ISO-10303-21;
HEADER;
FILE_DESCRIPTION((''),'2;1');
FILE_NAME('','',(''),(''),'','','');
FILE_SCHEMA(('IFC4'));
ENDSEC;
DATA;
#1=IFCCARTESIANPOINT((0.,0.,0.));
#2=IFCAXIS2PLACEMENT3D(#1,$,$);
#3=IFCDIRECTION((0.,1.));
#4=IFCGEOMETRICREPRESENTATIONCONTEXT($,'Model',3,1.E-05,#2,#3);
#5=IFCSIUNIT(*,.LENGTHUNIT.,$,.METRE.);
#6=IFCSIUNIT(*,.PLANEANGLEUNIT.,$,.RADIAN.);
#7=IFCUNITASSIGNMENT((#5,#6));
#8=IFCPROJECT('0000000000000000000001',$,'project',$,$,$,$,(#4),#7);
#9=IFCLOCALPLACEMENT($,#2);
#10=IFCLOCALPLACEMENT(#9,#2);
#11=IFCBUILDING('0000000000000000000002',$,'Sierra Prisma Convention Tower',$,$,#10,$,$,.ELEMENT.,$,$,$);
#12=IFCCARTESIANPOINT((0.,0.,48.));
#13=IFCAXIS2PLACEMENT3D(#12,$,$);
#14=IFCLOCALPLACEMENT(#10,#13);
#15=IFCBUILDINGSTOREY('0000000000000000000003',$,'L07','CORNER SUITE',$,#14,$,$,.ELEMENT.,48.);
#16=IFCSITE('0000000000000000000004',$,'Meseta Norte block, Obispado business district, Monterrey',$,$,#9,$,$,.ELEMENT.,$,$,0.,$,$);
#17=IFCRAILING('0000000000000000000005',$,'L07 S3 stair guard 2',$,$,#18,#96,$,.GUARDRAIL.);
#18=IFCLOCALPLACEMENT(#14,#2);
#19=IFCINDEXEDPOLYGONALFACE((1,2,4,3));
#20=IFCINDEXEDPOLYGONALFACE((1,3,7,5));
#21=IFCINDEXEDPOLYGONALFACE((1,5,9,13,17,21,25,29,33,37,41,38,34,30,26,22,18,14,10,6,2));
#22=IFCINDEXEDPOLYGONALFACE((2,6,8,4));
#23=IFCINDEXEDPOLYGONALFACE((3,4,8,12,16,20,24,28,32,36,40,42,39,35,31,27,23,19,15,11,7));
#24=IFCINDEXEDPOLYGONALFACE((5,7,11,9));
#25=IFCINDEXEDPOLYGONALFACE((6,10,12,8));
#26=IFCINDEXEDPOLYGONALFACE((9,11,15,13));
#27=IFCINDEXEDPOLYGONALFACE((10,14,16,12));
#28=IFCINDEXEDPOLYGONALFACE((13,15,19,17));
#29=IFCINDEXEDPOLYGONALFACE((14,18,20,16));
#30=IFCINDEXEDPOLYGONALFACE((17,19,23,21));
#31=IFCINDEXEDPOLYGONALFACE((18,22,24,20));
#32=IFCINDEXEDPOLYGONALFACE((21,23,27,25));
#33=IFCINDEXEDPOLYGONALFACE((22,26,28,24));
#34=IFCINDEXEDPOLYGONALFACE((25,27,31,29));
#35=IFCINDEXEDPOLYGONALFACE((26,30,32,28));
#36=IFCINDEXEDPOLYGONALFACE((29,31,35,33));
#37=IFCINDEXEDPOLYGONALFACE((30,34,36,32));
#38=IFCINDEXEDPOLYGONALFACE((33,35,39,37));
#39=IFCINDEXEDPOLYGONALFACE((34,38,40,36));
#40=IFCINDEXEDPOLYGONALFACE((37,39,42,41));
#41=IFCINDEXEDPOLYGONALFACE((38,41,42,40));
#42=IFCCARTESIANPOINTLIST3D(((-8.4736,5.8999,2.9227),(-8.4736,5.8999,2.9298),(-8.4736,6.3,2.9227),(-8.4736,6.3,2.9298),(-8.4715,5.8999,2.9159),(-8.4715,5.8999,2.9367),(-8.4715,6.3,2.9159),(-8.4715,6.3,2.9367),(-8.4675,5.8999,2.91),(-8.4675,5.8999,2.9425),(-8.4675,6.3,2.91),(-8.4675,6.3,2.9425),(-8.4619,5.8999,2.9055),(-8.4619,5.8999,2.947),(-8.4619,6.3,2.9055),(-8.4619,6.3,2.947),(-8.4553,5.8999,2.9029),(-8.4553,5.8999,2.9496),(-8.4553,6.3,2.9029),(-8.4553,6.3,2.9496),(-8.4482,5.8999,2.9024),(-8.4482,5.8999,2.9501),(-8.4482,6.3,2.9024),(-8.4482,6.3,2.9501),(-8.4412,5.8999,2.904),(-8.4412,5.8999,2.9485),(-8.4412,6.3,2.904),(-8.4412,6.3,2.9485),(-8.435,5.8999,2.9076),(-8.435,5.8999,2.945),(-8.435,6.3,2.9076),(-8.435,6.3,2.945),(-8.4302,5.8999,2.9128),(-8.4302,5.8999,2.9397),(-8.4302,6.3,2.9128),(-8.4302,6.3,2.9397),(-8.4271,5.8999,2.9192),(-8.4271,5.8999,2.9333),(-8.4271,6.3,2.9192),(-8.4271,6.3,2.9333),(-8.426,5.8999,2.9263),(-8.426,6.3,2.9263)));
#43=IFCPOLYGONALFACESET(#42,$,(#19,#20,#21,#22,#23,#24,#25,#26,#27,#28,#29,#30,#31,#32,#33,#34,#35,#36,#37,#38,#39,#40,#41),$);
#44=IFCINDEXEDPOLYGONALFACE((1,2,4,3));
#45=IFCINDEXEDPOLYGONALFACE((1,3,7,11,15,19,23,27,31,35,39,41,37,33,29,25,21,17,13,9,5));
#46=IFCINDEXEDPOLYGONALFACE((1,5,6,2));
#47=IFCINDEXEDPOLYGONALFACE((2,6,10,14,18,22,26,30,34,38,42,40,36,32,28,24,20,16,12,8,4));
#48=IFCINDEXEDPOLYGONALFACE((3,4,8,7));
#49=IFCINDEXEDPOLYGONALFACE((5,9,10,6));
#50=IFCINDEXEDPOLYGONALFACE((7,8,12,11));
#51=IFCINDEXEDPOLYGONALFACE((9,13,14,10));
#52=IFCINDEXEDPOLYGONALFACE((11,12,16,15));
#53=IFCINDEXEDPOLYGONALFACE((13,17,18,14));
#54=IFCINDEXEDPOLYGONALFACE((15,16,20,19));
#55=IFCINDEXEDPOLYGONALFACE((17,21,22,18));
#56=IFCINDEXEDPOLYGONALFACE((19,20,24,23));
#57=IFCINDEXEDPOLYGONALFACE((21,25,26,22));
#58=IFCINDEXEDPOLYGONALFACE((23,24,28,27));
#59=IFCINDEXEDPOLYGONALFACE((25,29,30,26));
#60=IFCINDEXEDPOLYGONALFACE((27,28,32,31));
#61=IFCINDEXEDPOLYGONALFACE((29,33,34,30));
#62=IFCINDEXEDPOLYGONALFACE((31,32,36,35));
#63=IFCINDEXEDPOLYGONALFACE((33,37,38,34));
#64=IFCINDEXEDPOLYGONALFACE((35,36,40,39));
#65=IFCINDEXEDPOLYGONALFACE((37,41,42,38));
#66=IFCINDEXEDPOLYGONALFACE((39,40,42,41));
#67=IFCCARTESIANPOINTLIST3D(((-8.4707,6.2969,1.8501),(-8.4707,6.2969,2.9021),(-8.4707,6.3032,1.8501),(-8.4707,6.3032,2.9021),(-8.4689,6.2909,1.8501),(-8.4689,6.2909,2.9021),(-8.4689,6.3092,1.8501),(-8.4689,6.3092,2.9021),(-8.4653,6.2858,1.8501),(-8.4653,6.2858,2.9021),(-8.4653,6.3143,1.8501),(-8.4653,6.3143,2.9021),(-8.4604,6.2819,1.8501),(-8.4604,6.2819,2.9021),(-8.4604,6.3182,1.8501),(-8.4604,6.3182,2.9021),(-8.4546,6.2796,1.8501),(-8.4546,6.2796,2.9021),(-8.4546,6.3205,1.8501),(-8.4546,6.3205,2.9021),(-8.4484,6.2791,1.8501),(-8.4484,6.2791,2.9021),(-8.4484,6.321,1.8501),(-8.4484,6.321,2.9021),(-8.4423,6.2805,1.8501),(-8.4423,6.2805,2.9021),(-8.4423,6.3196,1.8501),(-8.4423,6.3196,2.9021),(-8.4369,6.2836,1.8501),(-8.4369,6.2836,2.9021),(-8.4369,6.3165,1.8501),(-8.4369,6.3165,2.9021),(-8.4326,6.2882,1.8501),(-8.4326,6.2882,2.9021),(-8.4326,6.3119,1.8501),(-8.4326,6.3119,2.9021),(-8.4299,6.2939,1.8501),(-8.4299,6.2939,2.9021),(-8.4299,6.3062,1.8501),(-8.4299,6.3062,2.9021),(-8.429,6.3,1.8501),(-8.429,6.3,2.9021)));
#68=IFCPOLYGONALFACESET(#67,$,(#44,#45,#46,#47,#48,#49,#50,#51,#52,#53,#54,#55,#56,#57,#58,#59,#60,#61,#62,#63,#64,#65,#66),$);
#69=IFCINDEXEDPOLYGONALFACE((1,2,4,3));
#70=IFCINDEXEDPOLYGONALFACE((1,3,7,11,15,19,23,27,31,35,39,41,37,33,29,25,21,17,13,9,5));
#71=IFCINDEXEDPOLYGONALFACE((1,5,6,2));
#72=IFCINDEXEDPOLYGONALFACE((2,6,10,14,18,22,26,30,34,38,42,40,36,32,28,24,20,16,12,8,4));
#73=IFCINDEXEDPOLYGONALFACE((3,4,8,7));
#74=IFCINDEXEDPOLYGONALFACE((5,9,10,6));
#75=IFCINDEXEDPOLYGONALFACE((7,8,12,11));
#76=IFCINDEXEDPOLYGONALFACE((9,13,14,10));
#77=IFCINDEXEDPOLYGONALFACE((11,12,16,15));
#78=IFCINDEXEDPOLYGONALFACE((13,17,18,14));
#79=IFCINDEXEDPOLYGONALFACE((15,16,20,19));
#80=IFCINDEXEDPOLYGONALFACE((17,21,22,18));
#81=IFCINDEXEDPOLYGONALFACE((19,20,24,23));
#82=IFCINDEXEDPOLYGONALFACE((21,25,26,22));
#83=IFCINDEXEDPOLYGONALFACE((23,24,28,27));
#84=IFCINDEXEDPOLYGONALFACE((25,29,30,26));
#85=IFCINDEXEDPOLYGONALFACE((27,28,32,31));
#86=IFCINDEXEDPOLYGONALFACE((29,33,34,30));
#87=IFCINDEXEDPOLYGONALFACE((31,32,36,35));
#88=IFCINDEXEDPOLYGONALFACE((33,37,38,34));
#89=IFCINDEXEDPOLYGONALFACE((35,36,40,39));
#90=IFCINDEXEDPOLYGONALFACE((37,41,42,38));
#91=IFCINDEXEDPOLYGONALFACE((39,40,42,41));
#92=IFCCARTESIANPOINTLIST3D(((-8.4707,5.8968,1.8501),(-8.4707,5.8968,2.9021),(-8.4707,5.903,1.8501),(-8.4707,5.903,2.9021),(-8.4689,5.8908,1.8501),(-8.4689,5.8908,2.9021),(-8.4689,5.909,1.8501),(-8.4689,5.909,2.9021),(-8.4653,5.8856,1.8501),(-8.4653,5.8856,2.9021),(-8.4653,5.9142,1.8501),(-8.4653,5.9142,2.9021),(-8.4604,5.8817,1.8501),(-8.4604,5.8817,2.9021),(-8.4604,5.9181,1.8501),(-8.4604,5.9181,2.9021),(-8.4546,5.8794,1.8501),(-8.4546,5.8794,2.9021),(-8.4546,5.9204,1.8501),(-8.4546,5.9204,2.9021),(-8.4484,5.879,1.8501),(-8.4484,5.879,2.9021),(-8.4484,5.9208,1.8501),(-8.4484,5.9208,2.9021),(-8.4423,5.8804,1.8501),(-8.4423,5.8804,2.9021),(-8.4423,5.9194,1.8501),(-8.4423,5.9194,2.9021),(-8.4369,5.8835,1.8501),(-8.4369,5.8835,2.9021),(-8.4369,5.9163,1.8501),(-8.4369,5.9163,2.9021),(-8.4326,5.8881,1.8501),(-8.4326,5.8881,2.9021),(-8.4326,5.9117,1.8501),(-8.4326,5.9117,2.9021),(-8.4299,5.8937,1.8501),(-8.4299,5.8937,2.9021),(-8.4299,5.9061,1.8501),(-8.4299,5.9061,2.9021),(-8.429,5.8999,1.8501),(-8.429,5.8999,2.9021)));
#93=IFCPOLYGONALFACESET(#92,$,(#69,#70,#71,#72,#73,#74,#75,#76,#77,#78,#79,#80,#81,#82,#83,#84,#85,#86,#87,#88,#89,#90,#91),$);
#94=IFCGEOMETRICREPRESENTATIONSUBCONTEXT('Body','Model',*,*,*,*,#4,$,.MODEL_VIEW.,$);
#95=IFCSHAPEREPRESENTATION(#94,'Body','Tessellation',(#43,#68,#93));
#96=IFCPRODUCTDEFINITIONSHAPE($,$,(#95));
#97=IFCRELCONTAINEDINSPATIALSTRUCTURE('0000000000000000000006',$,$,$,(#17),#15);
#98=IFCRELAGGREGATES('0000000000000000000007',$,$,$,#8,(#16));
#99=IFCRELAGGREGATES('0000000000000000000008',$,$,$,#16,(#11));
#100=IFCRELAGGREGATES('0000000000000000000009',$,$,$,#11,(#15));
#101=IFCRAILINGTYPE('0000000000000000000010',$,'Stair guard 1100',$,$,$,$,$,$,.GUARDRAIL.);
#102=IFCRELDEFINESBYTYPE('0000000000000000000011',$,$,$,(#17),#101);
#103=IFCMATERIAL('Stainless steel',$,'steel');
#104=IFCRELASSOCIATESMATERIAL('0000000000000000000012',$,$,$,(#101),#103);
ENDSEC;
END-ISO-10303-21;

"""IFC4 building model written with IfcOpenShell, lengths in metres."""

from ifc_helpers import new_model, si_unit, direction, frame, origin, origin_2d, place, context, subcontext, project, spatial, circle, extrude, material, type_object, element, save


model = new_model("IFC4")

# Units and contexts
model_context = context("Model", 3, precision=1e-05, world=origin(), true_north=direction((0.0, 1.0)))
body_context = subcontext(model_context, "Body", "Model", "MODEL_VIEW")
ifc_project = project(units=[si_unit("LENGTHUNIT", "METRE"), si_unit("PLANEANGLEUNIT", "RADIAN")], contexts=[model_context])

# Site, building, storey
site_placement = place(None, origin())
site = spatial("IfcSite", under=ifc_project, at=site_placement, Name="Meseta Norte block, Obispado business district, Monterrey", CompositionType="ELEMENT", RefElevation=0.0)
building_placement = place(site_placement, origin())
building = spatial("IfcBuilding", under=site, at=building_placement, Name="Sierra Prisma Convention Tower", CompositionType="ELEMENT")
storey_placement = place(building_placement, frame((0.0, 0.0, 48.0)))
storey = spatial("IfcBuildingStorey", under=building, at=storey_placement, Name="L07", Description="CORNER SUITE", CompositionType="ELEMENT", Elevation=48.0)

# Railing
ifc_material_1 = material(Name="Stainless steel", Category="steel")
railing_type_1 = type_object("IfcRailingType", Name="Stair guard 1100", PredefinedType="GUARDRAIL", material=ifc_material_1)
railing_1_placement = place(storey_placement, frame((-8.45, 6.3, 1.8501)))
element("IfcRailing", 1, at=railing_1_placement, inside=storey, type_object=railing_type_1, Name="L07 S3 stair guard 2", PredefinedType="GUARDRAIL", context=body_context, shape_type="SweptSolid", body=[
    extrude(circle(Radius=0.0239, at=origin_2d()), frame((0.0, 0.0, 1.0762), z_axis=(0.0, -1.0, 0.0), x_axis=(1.0, 0.0, 0.0)), (0.0, 0.0, 1.0), 0.4001),
    extrude(circle(Radius=0.021, at=origin_2d()), origin(), (0.0, 0.0, 1.0), 1.052),
    extrude(circle(Radius=0.021, at=origin_2d()), frame((0.0, -0.4001, 0.0)), (0.0, 0.0, 1.0), 1.052),
])

save(model, "model.ifc")
